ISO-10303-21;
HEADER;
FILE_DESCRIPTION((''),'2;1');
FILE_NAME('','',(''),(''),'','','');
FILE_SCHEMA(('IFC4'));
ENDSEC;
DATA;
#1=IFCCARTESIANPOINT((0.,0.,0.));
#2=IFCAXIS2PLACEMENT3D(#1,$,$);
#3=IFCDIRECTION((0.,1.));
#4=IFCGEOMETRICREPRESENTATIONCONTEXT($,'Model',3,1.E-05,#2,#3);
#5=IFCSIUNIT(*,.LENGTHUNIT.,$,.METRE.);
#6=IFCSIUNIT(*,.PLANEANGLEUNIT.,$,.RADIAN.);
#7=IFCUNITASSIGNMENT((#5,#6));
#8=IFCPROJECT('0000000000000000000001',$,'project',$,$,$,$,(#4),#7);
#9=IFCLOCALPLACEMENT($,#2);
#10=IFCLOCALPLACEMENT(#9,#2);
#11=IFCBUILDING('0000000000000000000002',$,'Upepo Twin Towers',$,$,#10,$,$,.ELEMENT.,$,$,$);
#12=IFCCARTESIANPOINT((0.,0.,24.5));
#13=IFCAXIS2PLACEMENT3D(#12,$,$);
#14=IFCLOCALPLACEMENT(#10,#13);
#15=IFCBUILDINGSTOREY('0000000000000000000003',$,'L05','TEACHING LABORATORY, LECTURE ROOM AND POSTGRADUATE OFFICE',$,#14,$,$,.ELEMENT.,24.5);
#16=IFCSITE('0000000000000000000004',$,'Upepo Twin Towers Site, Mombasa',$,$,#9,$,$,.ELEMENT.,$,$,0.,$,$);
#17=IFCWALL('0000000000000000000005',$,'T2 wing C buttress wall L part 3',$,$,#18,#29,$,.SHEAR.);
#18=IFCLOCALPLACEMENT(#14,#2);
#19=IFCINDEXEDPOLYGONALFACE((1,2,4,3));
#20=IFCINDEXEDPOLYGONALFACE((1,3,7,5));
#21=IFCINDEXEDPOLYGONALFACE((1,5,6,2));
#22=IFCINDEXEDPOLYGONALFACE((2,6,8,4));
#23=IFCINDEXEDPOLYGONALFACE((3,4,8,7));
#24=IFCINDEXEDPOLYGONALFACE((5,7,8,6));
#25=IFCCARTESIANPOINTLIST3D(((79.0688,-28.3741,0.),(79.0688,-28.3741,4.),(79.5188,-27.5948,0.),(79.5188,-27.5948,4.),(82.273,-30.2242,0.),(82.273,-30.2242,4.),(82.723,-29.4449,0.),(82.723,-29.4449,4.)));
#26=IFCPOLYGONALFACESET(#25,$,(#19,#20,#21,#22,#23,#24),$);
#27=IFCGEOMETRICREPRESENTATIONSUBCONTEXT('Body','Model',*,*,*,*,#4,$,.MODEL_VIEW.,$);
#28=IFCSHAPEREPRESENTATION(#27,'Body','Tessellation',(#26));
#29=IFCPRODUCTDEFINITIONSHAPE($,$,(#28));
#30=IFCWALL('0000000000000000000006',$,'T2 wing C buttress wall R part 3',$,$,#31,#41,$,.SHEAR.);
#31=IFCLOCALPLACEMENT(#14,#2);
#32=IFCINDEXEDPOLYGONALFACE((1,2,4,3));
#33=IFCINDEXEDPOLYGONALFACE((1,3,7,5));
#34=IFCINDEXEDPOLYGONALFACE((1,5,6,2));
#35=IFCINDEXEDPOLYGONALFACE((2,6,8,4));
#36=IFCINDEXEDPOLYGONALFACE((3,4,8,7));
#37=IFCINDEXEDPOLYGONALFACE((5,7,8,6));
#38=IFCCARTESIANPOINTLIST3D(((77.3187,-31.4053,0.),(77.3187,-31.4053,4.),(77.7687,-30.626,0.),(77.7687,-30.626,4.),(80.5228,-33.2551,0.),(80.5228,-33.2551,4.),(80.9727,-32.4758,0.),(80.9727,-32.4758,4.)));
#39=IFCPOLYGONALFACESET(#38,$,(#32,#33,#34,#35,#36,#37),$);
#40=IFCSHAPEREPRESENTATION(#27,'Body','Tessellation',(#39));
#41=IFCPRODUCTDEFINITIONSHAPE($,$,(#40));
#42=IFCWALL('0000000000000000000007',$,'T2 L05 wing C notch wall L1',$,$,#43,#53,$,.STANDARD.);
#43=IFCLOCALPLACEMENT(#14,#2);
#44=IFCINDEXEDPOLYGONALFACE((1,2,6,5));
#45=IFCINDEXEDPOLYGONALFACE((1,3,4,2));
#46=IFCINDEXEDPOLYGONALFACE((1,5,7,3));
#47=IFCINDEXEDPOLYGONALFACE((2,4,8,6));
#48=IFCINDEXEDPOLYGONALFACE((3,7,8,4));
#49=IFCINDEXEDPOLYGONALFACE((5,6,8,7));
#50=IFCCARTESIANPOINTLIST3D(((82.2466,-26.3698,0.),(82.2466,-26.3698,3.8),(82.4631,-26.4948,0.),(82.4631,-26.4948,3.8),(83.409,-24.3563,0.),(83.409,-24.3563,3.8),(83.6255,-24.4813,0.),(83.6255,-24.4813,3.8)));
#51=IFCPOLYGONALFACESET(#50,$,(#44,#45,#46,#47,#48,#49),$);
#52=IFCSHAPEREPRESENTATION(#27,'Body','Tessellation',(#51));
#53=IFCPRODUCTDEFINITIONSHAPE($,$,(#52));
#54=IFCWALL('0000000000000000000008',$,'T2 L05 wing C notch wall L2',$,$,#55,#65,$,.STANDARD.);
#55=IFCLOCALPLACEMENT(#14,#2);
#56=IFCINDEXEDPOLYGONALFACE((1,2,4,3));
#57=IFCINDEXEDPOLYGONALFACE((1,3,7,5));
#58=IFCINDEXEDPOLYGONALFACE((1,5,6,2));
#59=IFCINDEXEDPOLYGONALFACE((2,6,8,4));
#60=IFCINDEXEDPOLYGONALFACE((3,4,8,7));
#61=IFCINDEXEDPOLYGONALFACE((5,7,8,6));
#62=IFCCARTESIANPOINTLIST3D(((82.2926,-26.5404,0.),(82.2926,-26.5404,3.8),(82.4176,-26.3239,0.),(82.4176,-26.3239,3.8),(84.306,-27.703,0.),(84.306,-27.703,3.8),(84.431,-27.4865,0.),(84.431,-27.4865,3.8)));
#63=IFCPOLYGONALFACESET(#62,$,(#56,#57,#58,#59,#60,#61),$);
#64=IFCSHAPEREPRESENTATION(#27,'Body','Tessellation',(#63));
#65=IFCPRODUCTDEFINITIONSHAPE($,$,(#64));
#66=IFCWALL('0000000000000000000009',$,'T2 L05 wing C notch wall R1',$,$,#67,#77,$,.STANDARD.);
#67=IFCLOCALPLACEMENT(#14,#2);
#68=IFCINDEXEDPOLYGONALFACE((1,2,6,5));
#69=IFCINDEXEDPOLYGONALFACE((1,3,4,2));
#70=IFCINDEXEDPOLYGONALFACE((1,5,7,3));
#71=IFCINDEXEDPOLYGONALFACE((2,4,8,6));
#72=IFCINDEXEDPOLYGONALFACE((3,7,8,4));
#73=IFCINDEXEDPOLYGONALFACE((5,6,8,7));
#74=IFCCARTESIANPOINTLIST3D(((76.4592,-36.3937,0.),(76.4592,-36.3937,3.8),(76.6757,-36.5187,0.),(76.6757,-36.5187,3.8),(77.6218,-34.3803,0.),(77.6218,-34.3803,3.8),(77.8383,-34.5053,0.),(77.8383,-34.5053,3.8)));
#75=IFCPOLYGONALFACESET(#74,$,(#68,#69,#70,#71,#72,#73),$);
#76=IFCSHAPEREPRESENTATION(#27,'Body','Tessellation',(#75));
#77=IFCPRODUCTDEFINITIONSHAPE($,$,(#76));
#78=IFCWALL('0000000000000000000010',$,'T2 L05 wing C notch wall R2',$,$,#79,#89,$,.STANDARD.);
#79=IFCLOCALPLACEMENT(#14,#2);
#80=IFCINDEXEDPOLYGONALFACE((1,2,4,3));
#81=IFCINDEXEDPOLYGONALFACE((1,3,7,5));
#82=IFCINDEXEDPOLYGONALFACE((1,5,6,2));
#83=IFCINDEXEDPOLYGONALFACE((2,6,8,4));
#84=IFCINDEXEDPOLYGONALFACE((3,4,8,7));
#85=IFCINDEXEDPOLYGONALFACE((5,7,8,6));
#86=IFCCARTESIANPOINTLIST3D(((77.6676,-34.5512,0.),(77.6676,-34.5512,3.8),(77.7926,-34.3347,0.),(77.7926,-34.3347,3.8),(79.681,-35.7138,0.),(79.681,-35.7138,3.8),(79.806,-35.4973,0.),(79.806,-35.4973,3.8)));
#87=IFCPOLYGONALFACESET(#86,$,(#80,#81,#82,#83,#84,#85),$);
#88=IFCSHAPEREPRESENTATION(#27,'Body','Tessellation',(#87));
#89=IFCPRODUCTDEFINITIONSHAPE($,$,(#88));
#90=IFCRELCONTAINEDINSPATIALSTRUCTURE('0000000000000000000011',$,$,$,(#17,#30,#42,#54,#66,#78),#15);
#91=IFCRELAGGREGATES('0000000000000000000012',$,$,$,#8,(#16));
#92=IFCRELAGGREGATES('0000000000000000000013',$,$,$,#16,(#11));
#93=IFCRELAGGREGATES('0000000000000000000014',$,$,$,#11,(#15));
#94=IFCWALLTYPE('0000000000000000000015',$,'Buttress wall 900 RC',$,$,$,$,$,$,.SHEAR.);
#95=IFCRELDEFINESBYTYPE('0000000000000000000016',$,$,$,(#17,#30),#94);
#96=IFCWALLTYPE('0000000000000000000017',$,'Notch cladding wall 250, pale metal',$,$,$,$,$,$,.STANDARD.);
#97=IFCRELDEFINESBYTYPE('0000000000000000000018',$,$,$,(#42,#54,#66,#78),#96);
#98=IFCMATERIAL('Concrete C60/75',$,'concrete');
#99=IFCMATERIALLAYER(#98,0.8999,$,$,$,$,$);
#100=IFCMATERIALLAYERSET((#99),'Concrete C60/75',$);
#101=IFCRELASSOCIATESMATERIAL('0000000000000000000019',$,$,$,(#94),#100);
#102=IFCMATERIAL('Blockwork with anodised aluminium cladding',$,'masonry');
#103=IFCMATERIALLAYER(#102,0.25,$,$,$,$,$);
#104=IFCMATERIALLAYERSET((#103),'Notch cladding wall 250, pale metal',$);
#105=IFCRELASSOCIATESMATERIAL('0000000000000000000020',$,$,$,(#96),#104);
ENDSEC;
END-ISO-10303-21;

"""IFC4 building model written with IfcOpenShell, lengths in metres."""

from ifc_helpers import new_model, si_unit, direction, frame, frame_2d, origin, place, context, subcontext, project, spatial, rectangle, extrude, material, layer, layer_set, type_object, element, save


model = new_model("IFC4")

# Units and contexts
model_context = context("Model", 3, precision=1e-05, world=origin(), true_north=direction((0.0, 1.0)))
body_context = subcontext(model_context, "Body", "Model", "MODEL_VIEW")
ifc_project = project(units=[si_unit("LENGTHUNIT", "METRE"), si_unit("PLANEANGLEUNIT", "RADIAN")], contexts=[model_context])

# Site, building, storey
site_placement = place(None, origin())
site = spatial("IfcSite", under=ifc_project, at=site_placement, Name="Upepo Twin Towers Site, Mombasa", CompositionType="ELEMENT", RefElevation=0.0)
building_placement = place(site_placement, origin())
building = spatial("IfcBuilding", under=site, at=building_placement, Name="Upepo Twin Towers", CompositionType="ELEMENT")
storey_placement = place(building_placement, frame((0.0, 0.0, 24.5)))
storey = spatial("IfcBuildingStorey", under=building, at=storey_placement, Name="L05", Description="TEACHING LABORATORY, LECTURE ROOM AND POSTGRADUATE OFFICE", CompositionType="ELEMENT", Elevation=24.5)

# Walls
ifc_material_1 = material(Name="Concrete C60/75", Category="concrete")
ifc_layer_1 = layer(ifc_material_1, 0.8999)
ifc_layer_set_1 = layer_set([ifc_layer_1], Name="Concrete C60/75")
wall_type_1 = type_object("IfcWallType", Name="Buttress wall 900 RC", PredefinedType="SHEAR", material=ifc_layer_set_1)
wall_1_placement = place(storey_placement, frame((79.2937, -27.9844, 0.0), z_axis=(0.0, 0.0, 1.0), x_axis=(0.866001, -0.500042, 0.0)))
element("IfcWall", 1, at=wall_1_placement, inside=storey, type_object=wall_type_1, Name="T2 wing C buttress wall L part 3", PredefinedType="SHEAR", context=body_context, shape_type="SweptSolid", body=[
    extrude(rectangle(XDim=3.7, YDim=0.8999, at=frame_2d((1.8501, 0.0))), origin(), (0.0, 0.0, 1.0), 4.0),
])
wall_2_placement = place(storey_placement, frame((77.5437, -31.0156, 0.0), z_axis=(0.0, 0.0, 1.0), x_axis=(0.86603, -0.499993, 0.0)))
element("IfcWall", 2, at=wall_2_placement, inside=storey, type_object=wall_type_1, Name="T2 wing C buttress wall R part 3", PredefinedType="SHEAR", context=body_context, shape_type="SweptSolid", body=[
    extrude(rectangle(XDim=3.6997, YDim=0.8999, at=frame_2d((1.8499, 0.0))), origin(), (0.0, 0.0, 1.0), 4.0),
])
ifc_material_2 = material(Name="Blockwork with anodised aluminium cladding", Category="masonry")
ifc_layer_2 = layer(ifc_material_2, 0.25)
ifc_layer_set_2 = layer_set([ifc_layer_2], Name="Notch cladding wall 250, pale metal")
wall_type_2 = type_object("IfcWallType", Name="Notch cladding wall 250, pale metal", PredefinedType="STANDARD", material=ifc_layer_set_2)
for number, where, z_axis, x_axis, name in (
    (3, (83.5173, -24.4187, 0.0), (0.0, 0.0, 1.0), (-0.499968, -0.866044, 0.0), "T2 L05 wing C notch wall L1"),
    (4, (82.355, -26.4321, 0.0), (0.0, 0.0, 1.0), (0.865998, -0.500047, 0.0), "T2 L05 wing C notch wall L2"),
    (5, (76.5674, -36.4563, 0.0), (0.0, 0.0, 1.0), (0.500047, 0.865998, 0.0), "T2 L05 wing C notch wall R1"),
    (6, (77.73, -34.4429, 0.0), (0.0, 0.0, 1.0), (0.865998, -0.500047, 0.0), "T2 L05 wing C notch wall R2"),
):
    element("IfcWall", number, at=place(storey_placement, frame(where, z_axis=z_axis, x_axis=x_axis)), inside=storey, type_object=wall_type_2, Name=name, PredefinedType="STANDARD", context=body_context, shape_type="SweptSolid", body=[
        extrude(rectangle(XDim=2.325, YDim=0.25, at=frame_2d((1.1626, 0.0))), origin(), (0.0, 0.0, 1.0), 3.8),
    ])

save(model, "model.ifc")
